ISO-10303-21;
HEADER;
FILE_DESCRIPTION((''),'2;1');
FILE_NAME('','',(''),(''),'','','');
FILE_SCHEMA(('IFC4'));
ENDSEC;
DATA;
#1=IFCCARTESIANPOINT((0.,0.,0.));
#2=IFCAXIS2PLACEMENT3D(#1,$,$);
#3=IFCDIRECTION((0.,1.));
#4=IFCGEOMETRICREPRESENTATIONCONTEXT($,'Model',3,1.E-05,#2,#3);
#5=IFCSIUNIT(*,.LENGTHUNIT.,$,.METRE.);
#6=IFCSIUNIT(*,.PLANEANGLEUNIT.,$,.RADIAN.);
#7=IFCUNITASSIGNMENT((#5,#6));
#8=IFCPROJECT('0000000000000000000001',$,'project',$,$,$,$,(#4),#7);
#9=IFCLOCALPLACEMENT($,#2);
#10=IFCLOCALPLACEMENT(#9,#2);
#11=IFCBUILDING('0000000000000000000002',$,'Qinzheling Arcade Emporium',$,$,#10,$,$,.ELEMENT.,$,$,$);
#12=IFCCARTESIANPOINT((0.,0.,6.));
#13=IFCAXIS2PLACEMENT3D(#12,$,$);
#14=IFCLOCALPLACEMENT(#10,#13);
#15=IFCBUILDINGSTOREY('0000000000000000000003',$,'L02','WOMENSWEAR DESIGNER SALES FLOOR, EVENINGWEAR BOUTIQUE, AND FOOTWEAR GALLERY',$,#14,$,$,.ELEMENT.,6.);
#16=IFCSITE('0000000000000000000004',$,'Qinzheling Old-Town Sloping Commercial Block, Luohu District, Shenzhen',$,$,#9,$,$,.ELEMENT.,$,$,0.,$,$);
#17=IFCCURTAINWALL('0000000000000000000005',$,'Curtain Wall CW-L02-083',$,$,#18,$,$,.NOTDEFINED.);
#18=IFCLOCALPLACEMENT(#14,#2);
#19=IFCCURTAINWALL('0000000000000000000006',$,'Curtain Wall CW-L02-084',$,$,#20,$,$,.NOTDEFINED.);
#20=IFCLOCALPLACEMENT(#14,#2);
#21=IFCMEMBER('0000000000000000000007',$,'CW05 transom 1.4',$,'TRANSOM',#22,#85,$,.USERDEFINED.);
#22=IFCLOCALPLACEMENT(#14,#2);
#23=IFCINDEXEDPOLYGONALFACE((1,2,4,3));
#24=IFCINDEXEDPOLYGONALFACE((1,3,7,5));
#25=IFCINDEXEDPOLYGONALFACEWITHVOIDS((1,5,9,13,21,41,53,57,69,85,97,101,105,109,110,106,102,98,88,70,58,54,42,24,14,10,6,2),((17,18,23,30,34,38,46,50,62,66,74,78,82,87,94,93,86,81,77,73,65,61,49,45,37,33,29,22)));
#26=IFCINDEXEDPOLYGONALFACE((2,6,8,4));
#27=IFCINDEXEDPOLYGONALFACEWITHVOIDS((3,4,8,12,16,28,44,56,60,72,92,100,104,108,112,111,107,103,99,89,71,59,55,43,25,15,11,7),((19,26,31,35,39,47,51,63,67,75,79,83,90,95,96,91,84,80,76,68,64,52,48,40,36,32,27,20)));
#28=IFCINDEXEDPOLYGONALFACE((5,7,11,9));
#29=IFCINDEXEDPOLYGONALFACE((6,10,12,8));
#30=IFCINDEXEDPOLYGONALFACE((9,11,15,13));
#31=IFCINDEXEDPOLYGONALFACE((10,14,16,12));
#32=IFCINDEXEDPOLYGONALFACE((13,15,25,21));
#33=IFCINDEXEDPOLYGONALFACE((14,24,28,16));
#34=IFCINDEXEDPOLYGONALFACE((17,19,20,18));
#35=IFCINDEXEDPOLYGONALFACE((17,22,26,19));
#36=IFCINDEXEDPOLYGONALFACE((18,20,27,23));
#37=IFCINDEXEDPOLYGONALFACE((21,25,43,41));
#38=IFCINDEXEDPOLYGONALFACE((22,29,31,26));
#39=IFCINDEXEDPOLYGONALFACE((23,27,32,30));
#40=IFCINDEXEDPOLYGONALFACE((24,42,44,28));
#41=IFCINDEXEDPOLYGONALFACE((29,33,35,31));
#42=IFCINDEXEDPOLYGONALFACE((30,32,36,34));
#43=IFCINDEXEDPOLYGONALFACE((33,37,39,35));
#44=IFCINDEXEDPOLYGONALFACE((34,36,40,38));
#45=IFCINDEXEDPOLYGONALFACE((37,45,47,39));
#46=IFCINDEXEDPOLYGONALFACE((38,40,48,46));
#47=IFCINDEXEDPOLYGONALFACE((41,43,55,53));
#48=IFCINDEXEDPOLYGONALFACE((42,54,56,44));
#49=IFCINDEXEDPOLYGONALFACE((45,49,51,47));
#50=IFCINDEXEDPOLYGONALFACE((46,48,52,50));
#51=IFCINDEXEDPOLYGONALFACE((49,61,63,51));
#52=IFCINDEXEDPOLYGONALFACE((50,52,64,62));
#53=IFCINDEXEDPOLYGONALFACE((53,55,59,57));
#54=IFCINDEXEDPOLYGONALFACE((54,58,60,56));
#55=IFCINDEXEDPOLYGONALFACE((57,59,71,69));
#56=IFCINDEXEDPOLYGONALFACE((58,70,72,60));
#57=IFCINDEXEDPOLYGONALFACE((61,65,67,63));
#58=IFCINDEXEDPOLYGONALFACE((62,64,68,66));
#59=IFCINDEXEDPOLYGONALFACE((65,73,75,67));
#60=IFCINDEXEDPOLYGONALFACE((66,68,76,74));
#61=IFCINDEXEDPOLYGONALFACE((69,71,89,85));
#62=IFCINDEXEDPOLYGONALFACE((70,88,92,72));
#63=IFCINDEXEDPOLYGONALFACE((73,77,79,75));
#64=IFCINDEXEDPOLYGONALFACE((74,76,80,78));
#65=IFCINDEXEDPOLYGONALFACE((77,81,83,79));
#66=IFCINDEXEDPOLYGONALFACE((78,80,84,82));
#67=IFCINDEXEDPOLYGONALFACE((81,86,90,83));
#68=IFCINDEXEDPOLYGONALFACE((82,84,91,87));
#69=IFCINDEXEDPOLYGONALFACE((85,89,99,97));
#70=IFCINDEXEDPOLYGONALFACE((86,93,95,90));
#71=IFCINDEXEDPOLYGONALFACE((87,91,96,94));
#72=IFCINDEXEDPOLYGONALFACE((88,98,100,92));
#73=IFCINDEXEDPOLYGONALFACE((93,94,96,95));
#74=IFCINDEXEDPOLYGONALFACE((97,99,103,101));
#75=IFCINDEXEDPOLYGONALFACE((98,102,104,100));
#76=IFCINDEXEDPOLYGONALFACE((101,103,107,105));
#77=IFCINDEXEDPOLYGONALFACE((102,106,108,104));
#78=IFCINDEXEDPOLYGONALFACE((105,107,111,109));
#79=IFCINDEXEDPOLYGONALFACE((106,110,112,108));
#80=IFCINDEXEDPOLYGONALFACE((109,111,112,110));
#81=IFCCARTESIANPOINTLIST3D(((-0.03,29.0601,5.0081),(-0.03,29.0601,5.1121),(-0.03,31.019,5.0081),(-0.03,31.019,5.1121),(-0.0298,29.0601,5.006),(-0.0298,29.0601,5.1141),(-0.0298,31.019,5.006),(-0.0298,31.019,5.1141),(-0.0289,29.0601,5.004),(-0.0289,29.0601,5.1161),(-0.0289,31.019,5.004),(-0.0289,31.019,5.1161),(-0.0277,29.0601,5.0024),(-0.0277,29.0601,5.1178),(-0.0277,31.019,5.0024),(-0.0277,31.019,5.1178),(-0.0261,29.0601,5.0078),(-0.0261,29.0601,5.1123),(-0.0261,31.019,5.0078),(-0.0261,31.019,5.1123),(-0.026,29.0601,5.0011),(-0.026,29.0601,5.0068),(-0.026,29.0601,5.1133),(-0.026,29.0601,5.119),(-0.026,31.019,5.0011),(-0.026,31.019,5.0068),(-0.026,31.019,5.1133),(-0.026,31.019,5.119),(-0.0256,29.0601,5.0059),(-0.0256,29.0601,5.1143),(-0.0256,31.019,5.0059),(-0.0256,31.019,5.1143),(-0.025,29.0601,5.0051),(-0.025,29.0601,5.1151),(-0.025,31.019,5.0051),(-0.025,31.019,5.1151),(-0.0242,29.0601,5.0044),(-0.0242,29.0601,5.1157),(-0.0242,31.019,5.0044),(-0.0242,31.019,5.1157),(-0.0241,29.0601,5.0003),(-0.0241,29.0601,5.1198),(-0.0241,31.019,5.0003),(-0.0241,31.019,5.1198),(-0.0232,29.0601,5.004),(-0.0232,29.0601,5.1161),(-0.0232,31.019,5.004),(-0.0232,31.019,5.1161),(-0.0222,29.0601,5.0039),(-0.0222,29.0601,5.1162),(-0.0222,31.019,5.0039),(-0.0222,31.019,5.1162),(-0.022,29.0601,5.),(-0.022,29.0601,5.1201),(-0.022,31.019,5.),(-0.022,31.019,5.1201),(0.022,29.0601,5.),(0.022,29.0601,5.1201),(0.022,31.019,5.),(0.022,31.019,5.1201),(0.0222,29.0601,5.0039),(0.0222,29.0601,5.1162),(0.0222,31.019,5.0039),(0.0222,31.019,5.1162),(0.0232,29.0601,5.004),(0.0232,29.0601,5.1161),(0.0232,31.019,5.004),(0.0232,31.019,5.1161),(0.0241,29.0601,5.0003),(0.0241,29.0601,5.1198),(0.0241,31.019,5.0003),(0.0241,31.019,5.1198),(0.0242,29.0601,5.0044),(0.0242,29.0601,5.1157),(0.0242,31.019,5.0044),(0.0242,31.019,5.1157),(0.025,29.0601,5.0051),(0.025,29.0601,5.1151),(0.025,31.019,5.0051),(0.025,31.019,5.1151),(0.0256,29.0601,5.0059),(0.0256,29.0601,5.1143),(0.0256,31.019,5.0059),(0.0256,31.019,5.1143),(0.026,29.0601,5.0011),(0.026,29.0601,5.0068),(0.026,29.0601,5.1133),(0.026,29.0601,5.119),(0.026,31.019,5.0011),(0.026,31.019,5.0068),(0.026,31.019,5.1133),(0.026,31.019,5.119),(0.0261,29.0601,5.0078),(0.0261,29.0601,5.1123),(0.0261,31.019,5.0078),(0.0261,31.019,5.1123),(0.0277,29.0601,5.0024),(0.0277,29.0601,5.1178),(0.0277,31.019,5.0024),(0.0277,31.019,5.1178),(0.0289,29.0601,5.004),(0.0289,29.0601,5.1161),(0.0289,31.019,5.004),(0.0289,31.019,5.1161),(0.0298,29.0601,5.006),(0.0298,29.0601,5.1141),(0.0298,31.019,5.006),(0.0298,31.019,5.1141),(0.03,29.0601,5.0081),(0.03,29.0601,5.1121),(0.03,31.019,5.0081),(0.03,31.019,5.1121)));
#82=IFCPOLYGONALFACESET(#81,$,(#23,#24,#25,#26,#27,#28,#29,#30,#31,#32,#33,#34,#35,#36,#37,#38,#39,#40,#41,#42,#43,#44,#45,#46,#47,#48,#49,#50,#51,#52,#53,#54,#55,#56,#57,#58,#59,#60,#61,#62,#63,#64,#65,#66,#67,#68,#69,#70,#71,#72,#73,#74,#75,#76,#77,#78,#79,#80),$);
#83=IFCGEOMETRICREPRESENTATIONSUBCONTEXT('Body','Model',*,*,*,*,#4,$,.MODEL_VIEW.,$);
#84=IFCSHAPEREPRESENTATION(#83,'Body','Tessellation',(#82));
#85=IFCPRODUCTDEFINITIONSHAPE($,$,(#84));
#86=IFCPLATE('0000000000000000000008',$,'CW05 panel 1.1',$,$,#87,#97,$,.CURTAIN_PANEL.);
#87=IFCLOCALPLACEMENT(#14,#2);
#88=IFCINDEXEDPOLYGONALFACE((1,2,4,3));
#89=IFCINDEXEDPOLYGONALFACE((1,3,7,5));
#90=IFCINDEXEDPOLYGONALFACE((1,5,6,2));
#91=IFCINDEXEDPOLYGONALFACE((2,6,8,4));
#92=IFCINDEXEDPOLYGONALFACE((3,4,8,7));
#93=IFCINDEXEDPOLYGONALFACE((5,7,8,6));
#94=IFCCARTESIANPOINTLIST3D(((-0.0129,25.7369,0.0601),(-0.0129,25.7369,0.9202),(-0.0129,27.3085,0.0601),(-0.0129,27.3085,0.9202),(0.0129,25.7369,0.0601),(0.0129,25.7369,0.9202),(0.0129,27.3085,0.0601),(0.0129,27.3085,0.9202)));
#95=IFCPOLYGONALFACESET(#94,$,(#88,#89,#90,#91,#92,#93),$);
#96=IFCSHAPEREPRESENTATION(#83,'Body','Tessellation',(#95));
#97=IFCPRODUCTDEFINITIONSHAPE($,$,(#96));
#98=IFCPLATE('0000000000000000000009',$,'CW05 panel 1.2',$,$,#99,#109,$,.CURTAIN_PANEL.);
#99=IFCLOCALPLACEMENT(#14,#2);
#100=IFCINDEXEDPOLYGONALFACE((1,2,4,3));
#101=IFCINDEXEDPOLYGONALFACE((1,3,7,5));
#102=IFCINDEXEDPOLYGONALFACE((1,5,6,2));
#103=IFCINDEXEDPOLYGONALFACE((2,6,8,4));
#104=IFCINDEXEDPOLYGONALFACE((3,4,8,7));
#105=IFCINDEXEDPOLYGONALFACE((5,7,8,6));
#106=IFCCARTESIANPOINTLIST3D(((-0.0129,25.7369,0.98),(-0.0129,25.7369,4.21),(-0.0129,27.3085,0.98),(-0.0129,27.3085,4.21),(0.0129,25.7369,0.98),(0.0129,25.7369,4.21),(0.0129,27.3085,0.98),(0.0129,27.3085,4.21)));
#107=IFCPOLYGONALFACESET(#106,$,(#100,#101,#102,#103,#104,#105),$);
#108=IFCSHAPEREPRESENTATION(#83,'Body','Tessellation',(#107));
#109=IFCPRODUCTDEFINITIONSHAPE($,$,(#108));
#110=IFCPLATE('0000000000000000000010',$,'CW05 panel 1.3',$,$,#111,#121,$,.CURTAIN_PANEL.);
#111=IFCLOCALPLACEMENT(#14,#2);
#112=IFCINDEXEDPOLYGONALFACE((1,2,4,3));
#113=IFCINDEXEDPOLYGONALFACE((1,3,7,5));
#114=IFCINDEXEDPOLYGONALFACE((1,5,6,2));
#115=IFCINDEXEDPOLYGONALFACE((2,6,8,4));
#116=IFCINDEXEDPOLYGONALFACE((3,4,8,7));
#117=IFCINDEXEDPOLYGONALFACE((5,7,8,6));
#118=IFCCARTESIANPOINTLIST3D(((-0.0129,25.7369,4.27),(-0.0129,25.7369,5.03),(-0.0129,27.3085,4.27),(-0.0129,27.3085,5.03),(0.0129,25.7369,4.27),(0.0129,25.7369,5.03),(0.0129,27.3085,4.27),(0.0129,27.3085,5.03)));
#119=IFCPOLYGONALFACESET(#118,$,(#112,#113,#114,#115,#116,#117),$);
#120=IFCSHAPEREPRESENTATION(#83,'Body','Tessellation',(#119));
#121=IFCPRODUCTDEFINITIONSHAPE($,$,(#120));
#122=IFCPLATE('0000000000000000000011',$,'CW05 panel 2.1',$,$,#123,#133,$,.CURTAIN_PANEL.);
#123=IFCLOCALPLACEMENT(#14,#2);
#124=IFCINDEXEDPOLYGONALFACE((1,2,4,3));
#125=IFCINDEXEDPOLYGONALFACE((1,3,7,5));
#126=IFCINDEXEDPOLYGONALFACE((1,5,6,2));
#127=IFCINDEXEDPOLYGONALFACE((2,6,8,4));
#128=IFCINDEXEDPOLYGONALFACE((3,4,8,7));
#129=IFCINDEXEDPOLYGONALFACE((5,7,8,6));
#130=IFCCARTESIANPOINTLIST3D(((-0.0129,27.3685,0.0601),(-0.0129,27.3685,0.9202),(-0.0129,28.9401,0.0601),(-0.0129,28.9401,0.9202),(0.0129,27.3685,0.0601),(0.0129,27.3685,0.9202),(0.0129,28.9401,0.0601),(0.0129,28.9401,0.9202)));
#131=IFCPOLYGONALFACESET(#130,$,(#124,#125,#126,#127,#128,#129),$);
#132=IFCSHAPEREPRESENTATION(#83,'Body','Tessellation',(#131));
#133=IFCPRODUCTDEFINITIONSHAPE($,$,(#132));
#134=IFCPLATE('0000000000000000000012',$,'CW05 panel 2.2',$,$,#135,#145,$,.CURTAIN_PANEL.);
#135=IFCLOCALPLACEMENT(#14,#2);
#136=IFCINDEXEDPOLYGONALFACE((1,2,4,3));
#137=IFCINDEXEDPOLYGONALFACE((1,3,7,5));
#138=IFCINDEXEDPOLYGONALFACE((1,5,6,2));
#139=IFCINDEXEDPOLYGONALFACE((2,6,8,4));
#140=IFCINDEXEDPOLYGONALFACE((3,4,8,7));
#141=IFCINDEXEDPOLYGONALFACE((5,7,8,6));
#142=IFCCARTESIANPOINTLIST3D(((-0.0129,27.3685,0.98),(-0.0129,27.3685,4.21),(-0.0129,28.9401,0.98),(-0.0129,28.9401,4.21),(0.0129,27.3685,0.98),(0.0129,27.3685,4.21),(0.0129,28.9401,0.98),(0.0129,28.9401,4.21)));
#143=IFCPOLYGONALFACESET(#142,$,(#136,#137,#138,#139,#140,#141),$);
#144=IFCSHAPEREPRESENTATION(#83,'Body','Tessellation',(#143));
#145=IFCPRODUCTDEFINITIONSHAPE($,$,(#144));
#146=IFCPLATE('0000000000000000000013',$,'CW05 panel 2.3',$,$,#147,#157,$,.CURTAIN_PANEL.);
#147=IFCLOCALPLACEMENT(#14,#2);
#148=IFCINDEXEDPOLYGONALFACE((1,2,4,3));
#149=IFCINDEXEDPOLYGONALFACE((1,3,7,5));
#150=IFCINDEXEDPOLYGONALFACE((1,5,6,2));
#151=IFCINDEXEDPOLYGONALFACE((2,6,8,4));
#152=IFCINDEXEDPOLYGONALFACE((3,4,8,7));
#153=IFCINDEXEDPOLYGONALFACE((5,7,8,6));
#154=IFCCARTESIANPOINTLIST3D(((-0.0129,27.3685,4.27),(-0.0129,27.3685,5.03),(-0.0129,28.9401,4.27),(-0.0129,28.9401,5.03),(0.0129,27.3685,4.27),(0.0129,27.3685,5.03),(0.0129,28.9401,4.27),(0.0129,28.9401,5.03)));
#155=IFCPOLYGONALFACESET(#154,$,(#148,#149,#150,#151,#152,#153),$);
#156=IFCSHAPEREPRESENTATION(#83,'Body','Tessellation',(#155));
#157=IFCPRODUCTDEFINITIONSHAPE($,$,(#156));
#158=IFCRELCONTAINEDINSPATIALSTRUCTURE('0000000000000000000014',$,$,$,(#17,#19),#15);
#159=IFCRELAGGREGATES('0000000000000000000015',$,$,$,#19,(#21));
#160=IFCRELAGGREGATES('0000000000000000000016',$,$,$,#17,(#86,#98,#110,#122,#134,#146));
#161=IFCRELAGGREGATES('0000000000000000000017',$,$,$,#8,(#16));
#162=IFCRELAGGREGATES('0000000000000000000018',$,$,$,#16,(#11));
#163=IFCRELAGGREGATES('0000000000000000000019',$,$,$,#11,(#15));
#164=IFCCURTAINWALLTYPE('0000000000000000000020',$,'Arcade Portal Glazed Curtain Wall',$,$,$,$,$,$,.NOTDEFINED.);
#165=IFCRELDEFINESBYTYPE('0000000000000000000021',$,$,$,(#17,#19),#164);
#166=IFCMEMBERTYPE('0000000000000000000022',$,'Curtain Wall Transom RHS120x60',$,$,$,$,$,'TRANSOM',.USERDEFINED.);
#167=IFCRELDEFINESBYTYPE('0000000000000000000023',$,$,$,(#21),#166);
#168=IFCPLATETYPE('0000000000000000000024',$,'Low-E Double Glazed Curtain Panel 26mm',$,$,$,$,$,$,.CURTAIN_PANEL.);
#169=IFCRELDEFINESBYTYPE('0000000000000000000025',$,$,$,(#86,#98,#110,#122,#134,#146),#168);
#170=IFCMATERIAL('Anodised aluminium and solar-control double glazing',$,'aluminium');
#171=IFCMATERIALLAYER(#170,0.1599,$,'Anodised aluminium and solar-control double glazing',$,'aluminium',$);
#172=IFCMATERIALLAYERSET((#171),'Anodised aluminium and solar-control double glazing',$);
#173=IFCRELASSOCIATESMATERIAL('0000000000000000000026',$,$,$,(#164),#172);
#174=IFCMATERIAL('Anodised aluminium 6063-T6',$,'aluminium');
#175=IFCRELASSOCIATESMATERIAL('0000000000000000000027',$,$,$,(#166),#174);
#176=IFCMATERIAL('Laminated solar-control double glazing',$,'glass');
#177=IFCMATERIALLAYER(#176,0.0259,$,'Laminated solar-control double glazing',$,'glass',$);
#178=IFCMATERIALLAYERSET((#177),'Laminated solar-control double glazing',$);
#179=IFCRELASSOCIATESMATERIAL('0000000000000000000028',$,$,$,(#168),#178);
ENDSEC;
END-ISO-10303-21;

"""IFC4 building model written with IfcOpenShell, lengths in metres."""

from ifc_helpers import new_model, si_unit, direction, frame, origin, origin_2d, place, context, subcontext, project, spatial, rectangle, hollow_rectangle, extrude, material, layer, layer_set, material_profile, profile_set, type_object, element, aggregate, save


model = new_model("IFC4")

# Units and contexts
model_context = context("Model", 3, precision=1e-05, world=origin(), true_north=direction((0.0, 1.0)))
body_context = subcontext(model_context, "Body", "Model", "MODEL_VIEW")
ifc_project = project(units=[si_unit("LENGTHUNIT", "METRE"), si_unit("PLANEANGLEUNIT", "RADIAN")], contexts=[model_context])

# Site, building, storey
site_placement = place(None, origin())
site = spatial("IfcSite", under=ifc_project, at=site_placement, Name="Qinzheling Old-Town Sloping Commercial Block, Luohu District, Shenzhen", CompositionType="ELEMENT", RefElevation=0.0)
building_placement = place(site_placement, origin())
building = spatial("IfcBuilding", under=site, at=building_placement, Name="Qinzheling Arcade Emporium", CompositionType="ELEMENT")
storey_placement = place(building_placement, frame((0.0, 0.0, 6.0)))
storey = spatial("IfcBuildingStorey", under=building, at=storey_placement, Name="L02", Description="WOMENSWEAR DESIGNER SALES FLOOR, EVENINGWEAR BOUTIQUE, AND FOOTWEAR GALLERY", CompositionType="ELEMENT", Elevation=6.0)

# Curtain wall
ifc_material_1 = material(Name="Anodised aluminium and solar-control double glazing", Category="aluminium")
ifc_layer_1 = layer(ifc_material_1, 0.1599, Name="Anodised aluminium and solar-control double glazing", Category="aluminium")
ifc_layer_set_1 = layer_set([ifc_layer_1], Name="Anodised aluminium and solar-control double glazing")
curtain_wall_type = type_object("IfcCurtainWallType", Name="Arcade Portal Glazed Curtain Wall", PredefinedType="NOTDEFINED", material=ifc_layer_set_1)
curtain_wall_1_placement = place(storey_placement, origin())
curtain_wall_1 = element("IfcCurtainWall", 1, at=curtain_wall_1_placement, inside=storey, type_object=curtain_wall_type, Name="Curtain Wall CW-L02-083", PredefinedType="NOTDEFINED")
ifc_material_2 = material(Name="Anodised aluminium 6063-T6", Category="aluminium")

# Curtain wall
curtain_wall_2_placement = place(storey_placement, origin())
curtain_wall_2 = element("IfcCurtainWall", 2, at=curtain_wall_2_placement, inside=storey, type_object=curtain_wall_type, Name="Curtain Wall CW-L02-084", PredefinedType="NOTDEFINED")

# Member
ifc_material_profile_1 = material_profile(ifc_material_2, hollow_rectangle(XDim=0.0601, YDim=0.1201, WallThickness=0.0039, InnerFilletRadius=0.0039, OuterFilletRadius=0.0081, at=origin_2d()), Name="RHS 120x60x4", Category="aluminium")
ifc_profile_set_1 = profile_set([ifc_material_profile_1], Name="Anodised aluminium 6063-T6")
member_type_1 = type_object("IfcMemberType", Name="Curtain Wall Transom RHS120x60", ElementType="TRANSOM", PredefinedType="USERDEFINED", material=ifc_profile_set_1)
member_1_placement = place(storey_placement, frame((0.0, 29.0601, 5.0601), z_axis=(0.0, 1.0, 0.0), x_axis=(-1.0, 0.0, 0.0)))
member_1 = element("IfcMember", 3, at=member_1_placement, type_object=member_type_1, Name="CW05 transom 1.4", ObjectType="TRANSOM", PredefinedType="USERDEFINED", context=body_context, shape_type="SweptSolid", body=[
    extrude(hollow_rectangle(XDim=0.0601, YDim=0.1201, WallThickness=0.0039, InnerFilletRadius=0.0039, OuterFilletRadius=0.0081, at=origin_2d()), origin(), (0.0, 0.0, 1.0), 1.959),
])
aggregate(curtain_wall_2, [member_1])

# Plates
ifc_material_3 = material(Name="Laminated solar-control double glazing", Category="glass")
ifc_layer_2 = layer(ifc_material_3, 0.0259, Name="Laminated solar-control double glazing", Category="glass")
ifc_layer_set_2 = layer_set([ifc_layer_2], Name="Laminated solar-control double glazing")
plate_type = type_object("IfcPlateType", Name="Low-E Double Glazed Curtain Panel 26mm", PredefinedType="CURTAIN_PANEL", material=ifc_layer_set_2)
plate_1_placement = place(storey_placement, frame((0.0, 26.5227, 0.0601), z_axis=(0.0, 0.0, 1.0), x_axis=(0.0, 1.0, 0.0)))
plate_1 = element("IfcPlate", 4, at=plate_1_placement, type_object=plate_type, Name="CW05 panel 1.1", PredefinedType="CURTAIN_PANEL", context=body_context, shape_type="SweptSolid", body=[
    extrude(rectangle(XDim=1.5715, YDim=0.0259, at=origin_2d()), origin(), (0.0, 0.0, 1.0), 0.8601),
])
plate_2_placement = place(storey_placement, frame((0.0, 26.5227, 0.98), z_axis=(0.0, 0.0, 1.0), x_axis=(0.0, 1.0, 0.0)))
plate_2 = element("IfcPlate", 5, at=plate_2_placement, type_object=plate_type, Name="CW05 panel 1.2", PredefinedType="CURTAIN_PANEL", context=body_context, shape_type="SweptSolid", body=[
    extrude(rectangle(XDim=1.5715, YDim=0.0259, at=origin_2d()), origin(), (0.0, 0.0, 1.0), 3.23),
])
plate_3_placement = place(storey_placement, frame((0.0, 26.5227, 4.27), z_axis=(0.0, 0.0, 1.0), x_axis=(0.0, 1.0, 0.0)))
plate_3 = element("IfcPlate", 6, at=plate_3_placement, type_object=plate_type, Name="CW05 panel 1.3", PredefinedType="CURTAIN_PANEL", context=body_context, shape_type="SweptSolid", body=[
    extrude(rectangle(XDim=1.5715, YDim=0.0259, at=origin_2d()), origin(), (0.0, 0.0, 1.0), 0.76),
])
plate_4_placement = place(storey_placement, frame((0.0, 28.1543, 0.0601), z_axis=(0.0, 0.0, 1.0), x_axis=(0.0, 1.0, 0.0)))
plate_4 = element("IfcPlate", 7, at=plate_4_placement, type_object=plate_type, Name="CW05 panel 2.1", PredefinedType="CURTAIN_PANEL", context=body_context, shape_type="SweptSolid", body=[
    extrude(rectangle(XDim=1.5715, YDim=0.0259, at=origin_2d()), origin(), (0.0, 0.0, 1.0), 0.8601),
])
plate_5_placement = place(storey_placement, frame((0.0, 28.1543, 0.98), z_axis=(0.0, 0.0, 1.0), x_axis=(0.0, 1.0, 0.0)))
plate_5 = element("IfcPlate", 8, at=plate_5_placement, type_object=plate_type, Name="CW05 panel 2.2", PredefinedType="CURTAIN_PANEL", context=body_context, shape_type="SweptSolid", body=[
    extrude(rectangle(XDim=1.5715, YDim=0.0259, at=origin_2d()), origin(), (0.0, 0.0, 1.0), 3.23),
])
plate_6_placement = place(storey_placement, frame((0.0, 28.1543, 4.27), z_axis=(0.0, 0.0, 1.0), x_axis=(0.0, 1.0, 0.0)))
plate_6 = element("IfcPlate", 9, at=plate_6_placement, type_object=plate_type, Name="CW05 panel 2.3", PredefinedType="CURTAIN_PANEL", context=body_context, shape_type="SweptSolid", body=[
    extrude(rectangle(XDim=1.5715, YDim=0.0259, at=origin_2d()), origin(), (0.0, 0.0, 1.0), 0.76),
])
aggregate(curtain_wall_1, [plate_1, plate_2, plate_3, plate_4, plate_5, plate_6])

save(model, "model.ifc")
